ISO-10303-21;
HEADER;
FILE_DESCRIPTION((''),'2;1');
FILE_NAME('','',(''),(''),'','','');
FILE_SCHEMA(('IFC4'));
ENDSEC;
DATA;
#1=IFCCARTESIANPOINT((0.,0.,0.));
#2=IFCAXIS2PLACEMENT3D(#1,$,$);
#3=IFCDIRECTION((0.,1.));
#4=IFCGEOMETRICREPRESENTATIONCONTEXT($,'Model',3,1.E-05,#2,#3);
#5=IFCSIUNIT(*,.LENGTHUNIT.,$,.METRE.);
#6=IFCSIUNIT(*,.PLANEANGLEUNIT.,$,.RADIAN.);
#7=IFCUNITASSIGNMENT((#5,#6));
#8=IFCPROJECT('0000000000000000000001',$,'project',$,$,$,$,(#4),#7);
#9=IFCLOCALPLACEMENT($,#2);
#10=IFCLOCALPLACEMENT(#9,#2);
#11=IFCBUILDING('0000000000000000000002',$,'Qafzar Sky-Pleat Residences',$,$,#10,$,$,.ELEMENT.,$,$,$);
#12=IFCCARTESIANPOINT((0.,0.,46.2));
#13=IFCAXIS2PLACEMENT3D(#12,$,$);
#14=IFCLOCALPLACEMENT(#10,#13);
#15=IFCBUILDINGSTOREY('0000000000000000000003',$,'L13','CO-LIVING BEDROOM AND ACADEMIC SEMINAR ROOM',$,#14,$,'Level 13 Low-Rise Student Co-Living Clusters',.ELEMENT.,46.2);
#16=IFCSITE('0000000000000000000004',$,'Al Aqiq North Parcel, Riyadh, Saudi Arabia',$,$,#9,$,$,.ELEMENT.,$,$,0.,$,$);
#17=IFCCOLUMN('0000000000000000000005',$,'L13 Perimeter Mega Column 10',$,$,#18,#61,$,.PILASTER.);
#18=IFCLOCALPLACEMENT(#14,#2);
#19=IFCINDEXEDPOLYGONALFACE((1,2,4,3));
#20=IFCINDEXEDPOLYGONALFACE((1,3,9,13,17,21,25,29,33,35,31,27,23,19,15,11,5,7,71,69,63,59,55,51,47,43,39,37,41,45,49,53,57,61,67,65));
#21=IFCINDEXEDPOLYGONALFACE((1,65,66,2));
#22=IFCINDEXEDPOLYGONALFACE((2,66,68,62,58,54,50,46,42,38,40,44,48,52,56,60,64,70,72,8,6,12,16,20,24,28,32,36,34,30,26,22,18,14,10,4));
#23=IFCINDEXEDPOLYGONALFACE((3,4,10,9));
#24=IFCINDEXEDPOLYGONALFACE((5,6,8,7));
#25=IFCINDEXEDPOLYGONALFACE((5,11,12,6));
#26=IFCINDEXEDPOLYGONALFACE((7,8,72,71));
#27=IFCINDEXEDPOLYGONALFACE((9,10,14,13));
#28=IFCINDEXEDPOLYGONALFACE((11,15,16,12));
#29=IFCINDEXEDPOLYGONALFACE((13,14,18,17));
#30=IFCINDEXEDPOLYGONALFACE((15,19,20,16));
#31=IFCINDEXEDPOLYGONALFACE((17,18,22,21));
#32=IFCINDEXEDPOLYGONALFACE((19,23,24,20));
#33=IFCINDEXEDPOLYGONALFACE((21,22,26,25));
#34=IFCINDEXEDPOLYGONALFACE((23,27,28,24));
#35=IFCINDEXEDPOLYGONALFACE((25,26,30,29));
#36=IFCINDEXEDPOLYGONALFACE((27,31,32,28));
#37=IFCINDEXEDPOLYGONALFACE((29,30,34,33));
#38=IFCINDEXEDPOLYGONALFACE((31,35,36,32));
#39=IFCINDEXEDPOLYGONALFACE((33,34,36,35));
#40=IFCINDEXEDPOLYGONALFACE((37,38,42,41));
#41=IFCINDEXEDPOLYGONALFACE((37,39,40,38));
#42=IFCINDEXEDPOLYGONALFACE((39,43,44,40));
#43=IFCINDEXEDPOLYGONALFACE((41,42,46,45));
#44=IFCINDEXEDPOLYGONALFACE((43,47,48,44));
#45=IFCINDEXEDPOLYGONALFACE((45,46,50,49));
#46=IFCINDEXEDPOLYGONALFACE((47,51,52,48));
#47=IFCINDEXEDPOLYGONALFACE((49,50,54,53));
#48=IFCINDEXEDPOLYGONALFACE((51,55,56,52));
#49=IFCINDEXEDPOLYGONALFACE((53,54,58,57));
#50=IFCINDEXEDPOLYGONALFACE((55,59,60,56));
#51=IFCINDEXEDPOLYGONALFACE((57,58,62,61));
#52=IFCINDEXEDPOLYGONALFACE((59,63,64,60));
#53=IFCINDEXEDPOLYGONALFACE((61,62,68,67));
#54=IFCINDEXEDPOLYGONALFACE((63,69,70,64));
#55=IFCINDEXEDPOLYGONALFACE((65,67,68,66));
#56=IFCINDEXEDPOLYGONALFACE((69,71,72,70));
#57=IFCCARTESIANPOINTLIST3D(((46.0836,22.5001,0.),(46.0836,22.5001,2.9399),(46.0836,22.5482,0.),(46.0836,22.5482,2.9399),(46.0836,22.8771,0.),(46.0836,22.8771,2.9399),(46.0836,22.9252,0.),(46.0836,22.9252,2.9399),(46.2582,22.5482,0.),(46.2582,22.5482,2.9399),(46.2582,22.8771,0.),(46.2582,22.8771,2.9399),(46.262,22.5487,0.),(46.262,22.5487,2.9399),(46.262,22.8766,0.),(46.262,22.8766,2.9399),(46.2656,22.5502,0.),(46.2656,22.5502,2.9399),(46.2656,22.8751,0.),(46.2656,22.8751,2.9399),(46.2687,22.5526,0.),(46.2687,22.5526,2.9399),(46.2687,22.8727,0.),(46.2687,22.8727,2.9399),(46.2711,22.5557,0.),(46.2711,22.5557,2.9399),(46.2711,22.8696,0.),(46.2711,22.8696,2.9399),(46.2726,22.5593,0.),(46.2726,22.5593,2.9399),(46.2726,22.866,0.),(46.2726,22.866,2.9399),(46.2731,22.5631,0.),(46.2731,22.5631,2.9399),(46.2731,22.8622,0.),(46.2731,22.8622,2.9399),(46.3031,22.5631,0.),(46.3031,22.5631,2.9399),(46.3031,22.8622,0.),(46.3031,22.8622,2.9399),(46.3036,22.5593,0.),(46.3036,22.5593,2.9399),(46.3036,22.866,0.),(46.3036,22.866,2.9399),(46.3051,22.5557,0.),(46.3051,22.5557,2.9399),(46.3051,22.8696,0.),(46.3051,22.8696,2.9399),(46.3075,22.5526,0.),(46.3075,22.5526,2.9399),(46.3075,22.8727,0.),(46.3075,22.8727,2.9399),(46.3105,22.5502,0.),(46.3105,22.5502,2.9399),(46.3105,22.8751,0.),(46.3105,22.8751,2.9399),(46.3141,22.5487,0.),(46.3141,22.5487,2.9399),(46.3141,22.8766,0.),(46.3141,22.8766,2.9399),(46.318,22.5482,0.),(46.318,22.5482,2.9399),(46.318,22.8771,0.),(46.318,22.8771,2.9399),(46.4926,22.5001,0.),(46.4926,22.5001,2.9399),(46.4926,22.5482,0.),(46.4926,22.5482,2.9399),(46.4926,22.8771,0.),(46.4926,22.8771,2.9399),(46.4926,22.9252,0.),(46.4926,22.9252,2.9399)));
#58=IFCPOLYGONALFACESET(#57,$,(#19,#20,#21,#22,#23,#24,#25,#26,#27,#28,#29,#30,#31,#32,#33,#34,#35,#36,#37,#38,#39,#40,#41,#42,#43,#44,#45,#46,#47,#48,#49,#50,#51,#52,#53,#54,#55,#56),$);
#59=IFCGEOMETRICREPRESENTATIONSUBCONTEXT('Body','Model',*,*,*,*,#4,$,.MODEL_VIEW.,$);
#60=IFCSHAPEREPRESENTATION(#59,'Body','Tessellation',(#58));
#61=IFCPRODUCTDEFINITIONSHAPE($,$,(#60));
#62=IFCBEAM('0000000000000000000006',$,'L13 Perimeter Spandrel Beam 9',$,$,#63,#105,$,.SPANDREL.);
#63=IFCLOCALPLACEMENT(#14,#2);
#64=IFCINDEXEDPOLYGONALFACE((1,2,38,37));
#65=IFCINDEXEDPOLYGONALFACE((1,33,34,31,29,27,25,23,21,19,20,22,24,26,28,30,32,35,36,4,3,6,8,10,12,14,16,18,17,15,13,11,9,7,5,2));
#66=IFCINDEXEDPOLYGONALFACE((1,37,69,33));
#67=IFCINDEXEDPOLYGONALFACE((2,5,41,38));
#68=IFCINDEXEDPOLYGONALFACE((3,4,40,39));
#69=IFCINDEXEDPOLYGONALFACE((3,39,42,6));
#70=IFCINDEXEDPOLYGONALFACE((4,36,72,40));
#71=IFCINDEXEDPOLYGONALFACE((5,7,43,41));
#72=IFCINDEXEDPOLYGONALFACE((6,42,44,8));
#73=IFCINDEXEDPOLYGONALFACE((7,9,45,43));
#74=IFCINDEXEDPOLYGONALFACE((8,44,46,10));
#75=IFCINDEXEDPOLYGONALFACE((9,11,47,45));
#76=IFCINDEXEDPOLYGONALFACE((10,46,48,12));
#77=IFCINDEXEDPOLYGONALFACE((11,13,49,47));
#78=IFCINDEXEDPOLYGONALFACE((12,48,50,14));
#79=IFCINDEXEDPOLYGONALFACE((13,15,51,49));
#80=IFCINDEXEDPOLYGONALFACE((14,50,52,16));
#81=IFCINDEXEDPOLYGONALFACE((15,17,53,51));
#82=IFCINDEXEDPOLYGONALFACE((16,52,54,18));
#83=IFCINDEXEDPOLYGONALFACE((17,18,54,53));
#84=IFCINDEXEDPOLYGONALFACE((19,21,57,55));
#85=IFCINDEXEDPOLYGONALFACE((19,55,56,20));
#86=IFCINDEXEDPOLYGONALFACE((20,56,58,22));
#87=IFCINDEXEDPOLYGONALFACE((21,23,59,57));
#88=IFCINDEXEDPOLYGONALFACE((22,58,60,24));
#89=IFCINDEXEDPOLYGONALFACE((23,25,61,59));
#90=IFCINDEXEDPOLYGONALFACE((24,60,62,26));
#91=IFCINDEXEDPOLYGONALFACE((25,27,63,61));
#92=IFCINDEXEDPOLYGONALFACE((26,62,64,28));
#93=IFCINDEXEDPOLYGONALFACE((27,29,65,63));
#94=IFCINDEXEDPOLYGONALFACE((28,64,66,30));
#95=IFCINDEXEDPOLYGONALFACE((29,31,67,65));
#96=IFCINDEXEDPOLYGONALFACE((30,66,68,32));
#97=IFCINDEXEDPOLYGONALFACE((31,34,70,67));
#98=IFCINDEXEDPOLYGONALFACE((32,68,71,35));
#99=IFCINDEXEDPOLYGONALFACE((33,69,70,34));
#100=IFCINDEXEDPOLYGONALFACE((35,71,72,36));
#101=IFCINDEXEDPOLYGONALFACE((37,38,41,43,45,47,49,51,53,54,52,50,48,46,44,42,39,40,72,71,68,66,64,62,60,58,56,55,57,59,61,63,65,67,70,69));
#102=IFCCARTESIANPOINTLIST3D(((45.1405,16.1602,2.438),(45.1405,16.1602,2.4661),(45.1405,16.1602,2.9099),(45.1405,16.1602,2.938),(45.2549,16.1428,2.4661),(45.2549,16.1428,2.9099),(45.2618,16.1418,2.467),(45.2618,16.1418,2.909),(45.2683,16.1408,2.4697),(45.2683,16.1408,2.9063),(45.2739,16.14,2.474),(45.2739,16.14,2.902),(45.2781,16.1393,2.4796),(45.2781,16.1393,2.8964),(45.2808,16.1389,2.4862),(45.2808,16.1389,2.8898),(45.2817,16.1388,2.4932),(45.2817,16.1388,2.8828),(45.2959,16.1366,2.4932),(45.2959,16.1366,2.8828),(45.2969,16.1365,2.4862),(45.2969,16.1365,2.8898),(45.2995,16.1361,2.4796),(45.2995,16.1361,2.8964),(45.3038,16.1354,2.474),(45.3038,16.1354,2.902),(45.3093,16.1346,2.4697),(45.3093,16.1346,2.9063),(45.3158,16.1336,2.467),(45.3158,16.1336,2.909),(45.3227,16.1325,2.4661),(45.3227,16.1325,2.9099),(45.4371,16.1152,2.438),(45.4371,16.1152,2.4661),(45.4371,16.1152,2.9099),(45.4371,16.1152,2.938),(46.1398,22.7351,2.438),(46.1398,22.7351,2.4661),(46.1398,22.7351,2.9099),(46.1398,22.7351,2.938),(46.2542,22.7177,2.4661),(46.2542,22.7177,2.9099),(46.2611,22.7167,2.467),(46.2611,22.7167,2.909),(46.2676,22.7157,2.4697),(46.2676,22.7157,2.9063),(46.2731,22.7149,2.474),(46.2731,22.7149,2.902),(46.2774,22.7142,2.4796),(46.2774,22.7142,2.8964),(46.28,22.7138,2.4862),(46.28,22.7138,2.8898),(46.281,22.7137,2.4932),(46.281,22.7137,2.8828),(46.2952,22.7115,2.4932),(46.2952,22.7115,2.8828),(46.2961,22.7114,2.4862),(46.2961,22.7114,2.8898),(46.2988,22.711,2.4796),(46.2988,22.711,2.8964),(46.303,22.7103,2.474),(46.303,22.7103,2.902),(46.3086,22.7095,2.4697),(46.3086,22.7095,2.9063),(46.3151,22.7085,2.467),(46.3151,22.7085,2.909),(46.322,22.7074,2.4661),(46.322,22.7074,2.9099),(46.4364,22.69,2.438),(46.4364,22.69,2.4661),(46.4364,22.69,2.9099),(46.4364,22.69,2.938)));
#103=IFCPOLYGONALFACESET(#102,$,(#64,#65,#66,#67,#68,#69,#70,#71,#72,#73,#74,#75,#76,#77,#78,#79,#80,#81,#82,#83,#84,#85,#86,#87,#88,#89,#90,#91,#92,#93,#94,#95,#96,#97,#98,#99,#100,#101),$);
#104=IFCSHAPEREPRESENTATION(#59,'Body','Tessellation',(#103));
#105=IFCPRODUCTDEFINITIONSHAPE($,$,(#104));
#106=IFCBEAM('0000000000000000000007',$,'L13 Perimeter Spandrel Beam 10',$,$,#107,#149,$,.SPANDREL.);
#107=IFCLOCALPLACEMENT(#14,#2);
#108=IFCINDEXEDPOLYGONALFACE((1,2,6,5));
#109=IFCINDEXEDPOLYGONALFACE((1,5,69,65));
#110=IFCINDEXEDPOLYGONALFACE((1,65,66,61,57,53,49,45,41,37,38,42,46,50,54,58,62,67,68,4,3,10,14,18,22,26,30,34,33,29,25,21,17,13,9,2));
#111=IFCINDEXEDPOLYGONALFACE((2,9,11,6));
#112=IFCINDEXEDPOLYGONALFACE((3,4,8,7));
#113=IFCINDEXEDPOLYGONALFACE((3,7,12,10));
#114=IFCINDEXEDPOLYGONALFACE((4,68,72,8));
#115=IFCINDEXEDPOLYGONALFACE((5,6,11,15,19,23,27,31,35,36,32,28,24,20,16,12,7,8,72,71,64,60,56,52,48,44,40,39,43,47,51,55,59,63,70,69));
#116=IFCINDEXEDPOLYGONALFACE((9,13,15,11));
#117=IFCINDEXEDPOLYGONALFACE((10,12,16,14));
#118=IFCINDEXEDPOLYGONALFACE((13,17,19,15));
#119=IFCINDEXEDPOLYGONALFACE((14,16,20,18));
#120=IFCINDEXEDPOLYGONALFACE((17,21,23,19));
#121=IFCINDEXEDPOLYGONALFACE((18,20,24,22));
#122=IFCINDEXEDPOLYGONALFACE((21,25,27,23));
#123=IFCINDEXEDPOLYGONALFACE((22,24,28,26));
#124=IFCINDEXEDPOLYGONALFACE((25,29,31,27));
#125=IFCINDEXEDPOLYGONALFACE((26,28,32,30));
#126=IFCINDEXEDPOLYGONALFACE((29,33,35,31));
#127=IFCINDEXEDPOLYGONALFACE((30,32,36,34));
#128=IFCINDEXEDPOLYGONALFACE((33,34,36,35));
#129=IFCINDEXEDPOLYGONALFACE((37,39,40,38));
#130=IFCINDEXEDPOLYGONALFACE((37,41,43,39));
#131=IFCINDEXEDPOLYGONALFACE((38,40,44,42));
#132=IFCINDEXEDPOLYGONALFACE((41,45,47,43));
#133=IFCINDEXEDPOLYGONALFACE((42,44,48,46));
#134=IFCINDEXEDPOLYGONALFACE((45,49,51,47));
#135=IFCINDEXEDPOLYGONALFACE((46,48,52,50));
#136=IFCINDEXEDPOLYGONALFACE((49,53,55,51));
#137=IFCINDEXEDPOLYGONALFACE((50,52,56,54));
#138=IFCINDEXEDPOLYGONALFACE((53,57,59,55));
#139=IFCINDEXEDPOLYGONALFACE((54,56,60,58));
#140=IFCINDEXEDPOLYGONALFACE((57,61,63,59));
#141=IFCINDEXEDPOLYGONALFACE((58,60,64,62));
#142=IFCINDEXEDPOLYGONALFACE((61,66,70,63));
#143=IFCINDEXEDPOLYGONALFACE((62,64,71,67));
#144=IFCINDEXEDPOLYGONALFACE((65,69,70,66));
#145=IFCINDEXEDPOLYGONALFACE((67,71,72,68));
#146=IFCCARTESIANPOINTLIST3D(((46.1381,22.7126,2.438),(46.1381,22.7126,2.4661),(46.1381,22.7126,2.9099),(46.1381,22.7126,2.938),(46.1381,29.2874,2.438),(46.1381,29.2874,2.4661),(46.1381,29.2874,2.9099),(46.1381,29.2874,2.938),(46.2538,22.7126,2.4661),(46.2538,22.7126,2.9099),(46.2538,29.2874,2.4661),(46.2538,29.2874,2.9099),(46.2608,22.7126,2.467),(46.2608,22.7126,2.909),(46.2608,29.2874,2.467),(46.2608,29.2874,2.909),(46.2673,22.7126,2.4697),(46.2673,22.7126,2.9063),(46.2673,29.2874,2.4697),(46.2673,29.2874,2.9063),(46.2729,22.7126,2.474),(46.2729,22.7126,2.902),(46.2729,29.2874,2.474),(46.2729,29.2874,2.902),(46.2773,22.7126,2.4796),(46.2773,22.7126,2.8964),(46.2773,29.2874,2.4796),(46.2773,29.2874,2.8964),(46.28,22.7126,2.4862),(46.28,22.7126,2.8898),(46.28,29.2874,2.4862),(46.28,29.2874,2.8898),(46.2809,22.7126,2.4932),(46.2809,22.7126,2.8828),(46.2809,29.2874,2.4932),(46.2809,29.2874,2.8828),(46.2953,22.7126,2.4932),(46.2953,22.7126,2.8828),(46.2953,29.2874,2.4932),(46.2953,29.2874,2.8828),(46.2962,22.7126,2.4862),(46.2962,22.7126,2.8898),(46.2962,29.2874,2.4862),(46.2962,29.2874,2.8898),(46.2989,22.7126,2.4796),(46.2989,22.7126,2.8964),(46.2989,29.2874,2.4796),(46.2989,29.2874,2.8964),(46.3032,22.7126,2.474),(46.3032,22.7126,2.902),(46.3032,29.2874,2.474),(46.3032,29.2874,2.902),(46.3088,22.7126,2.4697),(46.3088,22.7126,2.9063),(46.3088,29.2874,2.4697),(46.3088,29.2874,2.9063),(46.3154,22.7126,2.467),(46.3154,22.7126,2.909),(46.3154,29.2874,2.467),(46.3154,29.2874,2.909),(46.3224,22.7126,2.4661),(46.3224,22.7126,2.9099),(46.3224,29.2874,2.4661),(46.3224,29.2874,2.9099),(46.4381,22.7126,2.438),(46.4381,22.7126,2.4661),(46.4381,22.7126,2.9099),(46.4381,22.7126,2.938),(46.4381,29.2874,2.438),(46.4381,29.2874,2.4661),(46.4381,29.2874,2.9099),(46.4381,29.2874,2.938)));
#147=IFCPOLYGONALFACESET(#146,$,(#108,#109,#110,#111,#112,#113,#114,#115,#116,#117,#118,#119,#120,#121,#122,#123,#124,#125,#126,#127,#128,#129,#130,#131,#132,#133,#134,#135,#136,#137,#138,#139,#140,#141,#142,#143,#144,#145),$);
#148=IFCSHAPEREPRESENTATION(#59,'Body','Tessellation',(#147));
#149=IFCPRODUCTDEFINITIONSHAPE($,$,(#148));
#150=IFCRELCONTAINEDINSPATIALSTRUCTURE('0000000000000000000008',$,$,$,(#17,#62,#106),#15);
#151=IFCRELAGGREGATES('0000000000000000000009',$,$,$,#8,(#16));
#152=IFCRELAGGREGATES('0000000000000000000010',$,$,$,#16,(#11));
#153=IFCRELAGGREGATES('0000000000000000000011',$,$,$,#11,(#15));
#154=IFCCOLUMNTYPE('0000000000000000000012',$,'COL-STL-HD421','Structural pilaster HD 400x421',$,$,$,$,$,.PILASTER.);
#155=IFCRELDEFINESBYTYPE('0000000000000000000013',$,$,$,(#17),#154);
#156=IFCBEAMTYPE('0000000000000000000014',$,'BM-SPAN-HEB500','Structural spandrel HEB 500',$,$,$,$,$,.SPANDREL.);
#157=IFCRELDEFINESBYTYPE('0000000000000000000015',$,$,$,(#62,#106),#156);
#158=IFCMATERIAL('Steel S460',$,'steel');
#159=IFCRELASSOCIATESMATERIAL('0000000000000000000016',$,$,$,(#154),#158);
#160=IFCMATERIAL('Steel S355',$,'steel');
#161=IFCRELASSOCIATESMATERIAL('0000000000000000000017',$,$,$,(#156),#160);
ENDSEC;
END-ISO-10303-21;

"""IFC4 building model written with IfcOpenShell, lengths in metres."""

from ifc_helpers import new_model, si_unit, direction, frame, origin, origin_2d, place, context, subcontext, project, spatial, i_section, extrude, source, transform, mapped, material, material_profile, profile_set, type_object, element, save


model = new_model("IFC4")

# Units and contexts
model_context = context("Model", 3, precision=1e-05, world=origin(), true_north=direction((0.0, 1.0)))
body_context = subcontext(model_context, "Body", "Model", "MODEL_VIEW")
ifc_project = project(units=[si_unit("LENGTHUNIT", "METRE"), si_unit("PLANEANGLEUNIT", "RADIAN")], contexts=[model_context])

# Site, building, storey
site_placement = place(None, origin())
site = spatial("IfcSite", under=ifc_project, at=site_placement, Name="Al Aqiq North Parcel, Riyadh, Saudi Arabia", CompositionType="ELEMENT", RefElevation=0.0)
building_placement = place(site_placement, origin())
building = spatial("IfcBuilding", under=site, at=building_placement, Name="Qafzar Sky-Pleat Residences", CompositionType="ELEMENT")
storey_placement = place(building_placement, frame((0.0, 0.0, 46.2)))
storey = spatial("IfcBuildingStorey", under=building, at=storey_placement, Name="L13", Description="CO-LIVING BEDROOM AND ACADEMIC SEMINAR ROOM", LongName="Level 13 Low-Rise Student Co-Living Clusters", CompositionType="ELEMENT", Elevation=46.2)

# Column
ifc_material_1 = material(Name="Steel S460", Category="steel")
ifc_material_profile_1 = material_profile(ifc_material_1, i_section(OverallWidth=0.4089, OverallDepth=0.425, WebThickness=0.03, FlangeThickness=0.0481, FilletRadius=0.0149, at=origin_2d()), Name="HD 400x421")
ifc_profile_set_1 = profile_set([ifc_material_profile_1], Name="Steel S460")
column_type = type_object("IfcColumnType", Name="COL-STL-HD421", Description="Structural pilaster HD 400x421", PredefinedType="PILASTER", material=ifc_profile_set_1)
shared_shape_1 = source(origin(), body_context, "Body", "SweptSolid", [
    extrude(i_section(OverallWidth=0.4089, OverallDepth=0.425, WebThickness=0.03, FlangeThickness=0.0481, FilletRadius=0.0149, at=origin_2d()), origin(), (0.0, 0.0, 1.0), 2.9399),
])
column_placement = place(storey_placement, frame((46.2881, 22.7126, 0.0), z_axis=(0.0, 0.0, 1.0), x_axis=(1.0, 0.0, 0.0)))
element("IfcColumn", 1, at=column_placement, inside=storey, type_object=column_type, Name="L13 Perimeter Mega Column 10", PredefinedType="PILASTER", context=body_context, shape_type="MappedRepresentation", body=[
    mapped(shared_shape_1, transform((0.0, 0.0, 0.0), x_axis=(1.0, 0.0, 0.0), y_axis=(0.0, 1.0, 0.0), z_axis=(0.0, 0.0, 1.0), scale=1.0)),
])

# Beams
ifc_material_2 = material(Name="Steel S355", Category="steel")
ifc_material_profile_2 = material_profile(ifc_material_2, i_section(OverallWidth=0.3, OverallDepth=0.5, WebThickness=0.0144, FlangeThickness=0.0281, FilletRadius=0.0271, at=origin_2d()), Name="HEB 500")
ifc_profile_set_2 = profile_set([ifc_material_profile_2], Name="Steel S355")
beam_type_1 = type_object("IfcBeamType", Name="BM-SPAN-HEB500", Description="Structural spandrel HEB 500", PredefinedType="SPANDREL", material=ifc_profile_set_2)
shared_shape_2 = source(origin(), body_context, "Body", "SweptSolid", [
    extrude(i_section(OverallWidth=0.3, OverallDepth=0.5, WebThickness=0.0144, FlangeThickness=0.0281, FilletRadius=0.0271, at=origin_2d()), origin(), (0.0, 0.0, 1.0), 6.6504),
])
beam_1_placement = place(storey_placement, frame((45.2888, 16.1377, 2.688), z_axis=(0.150256, 0.988647, 0.0), x_axis=(-0.988647, 0.150256, 0.0)))
element("IfcBeam", 2, at=beam_1_placement, inside=storey, type_object=beam_type_1, Name="L13 Perimeter Spandrel Beam 9", PredefinedType="SPANDREL", context=body_context, shape_type="MappedRepresentation", body=[
    mapped(shared_shape_2, transform((0.0, 0.0, 0.0), x_axis=(1.0, 0.0, 0.0), y_axis=(0.0, 1.0, 0.0), z_axis=(0.0, 0.0, 1.0), scale=1.0)),
])
shared_shape_3 = source(origin(), body_context, "Body", "SweptSolid", [
    extrude(i_section(OverallWidth=0.3, OverallDepth=0.5, WebThickness=0.0144, FlangeThickness=0.0281, FilletRadius=0.0271, at=origin_2d()), origin(), (0.0, 0.0, 1.0), 6.5747),
])
beam_2_placement = place(storey_placement, frame((46.2881, 22.7126, 2.688), z_axis=(0.0, 1.0, 0.0), x_axis=(-1.0, 0.0, 0.0)))
element("IfcBeam", 3, at=beam_2_placement, inside=storey, type_object=beam_type_1, Name="L13 Perimeter Spandrel Beam 10", PredefinedType="SPANDREL", context=body_context, shape_type="MappedRepresentation", body=[
    mapped(shared_shape_3, transform((0.0, 0.0, 0.0), x_axis=(1.0, 0.0, 0.0), y_axis=(0.0, 1.0, 0.0), z_axis=(0.0, 0.0, 1.0), scale=1.0)),
])

save(model, "model.ifc")
